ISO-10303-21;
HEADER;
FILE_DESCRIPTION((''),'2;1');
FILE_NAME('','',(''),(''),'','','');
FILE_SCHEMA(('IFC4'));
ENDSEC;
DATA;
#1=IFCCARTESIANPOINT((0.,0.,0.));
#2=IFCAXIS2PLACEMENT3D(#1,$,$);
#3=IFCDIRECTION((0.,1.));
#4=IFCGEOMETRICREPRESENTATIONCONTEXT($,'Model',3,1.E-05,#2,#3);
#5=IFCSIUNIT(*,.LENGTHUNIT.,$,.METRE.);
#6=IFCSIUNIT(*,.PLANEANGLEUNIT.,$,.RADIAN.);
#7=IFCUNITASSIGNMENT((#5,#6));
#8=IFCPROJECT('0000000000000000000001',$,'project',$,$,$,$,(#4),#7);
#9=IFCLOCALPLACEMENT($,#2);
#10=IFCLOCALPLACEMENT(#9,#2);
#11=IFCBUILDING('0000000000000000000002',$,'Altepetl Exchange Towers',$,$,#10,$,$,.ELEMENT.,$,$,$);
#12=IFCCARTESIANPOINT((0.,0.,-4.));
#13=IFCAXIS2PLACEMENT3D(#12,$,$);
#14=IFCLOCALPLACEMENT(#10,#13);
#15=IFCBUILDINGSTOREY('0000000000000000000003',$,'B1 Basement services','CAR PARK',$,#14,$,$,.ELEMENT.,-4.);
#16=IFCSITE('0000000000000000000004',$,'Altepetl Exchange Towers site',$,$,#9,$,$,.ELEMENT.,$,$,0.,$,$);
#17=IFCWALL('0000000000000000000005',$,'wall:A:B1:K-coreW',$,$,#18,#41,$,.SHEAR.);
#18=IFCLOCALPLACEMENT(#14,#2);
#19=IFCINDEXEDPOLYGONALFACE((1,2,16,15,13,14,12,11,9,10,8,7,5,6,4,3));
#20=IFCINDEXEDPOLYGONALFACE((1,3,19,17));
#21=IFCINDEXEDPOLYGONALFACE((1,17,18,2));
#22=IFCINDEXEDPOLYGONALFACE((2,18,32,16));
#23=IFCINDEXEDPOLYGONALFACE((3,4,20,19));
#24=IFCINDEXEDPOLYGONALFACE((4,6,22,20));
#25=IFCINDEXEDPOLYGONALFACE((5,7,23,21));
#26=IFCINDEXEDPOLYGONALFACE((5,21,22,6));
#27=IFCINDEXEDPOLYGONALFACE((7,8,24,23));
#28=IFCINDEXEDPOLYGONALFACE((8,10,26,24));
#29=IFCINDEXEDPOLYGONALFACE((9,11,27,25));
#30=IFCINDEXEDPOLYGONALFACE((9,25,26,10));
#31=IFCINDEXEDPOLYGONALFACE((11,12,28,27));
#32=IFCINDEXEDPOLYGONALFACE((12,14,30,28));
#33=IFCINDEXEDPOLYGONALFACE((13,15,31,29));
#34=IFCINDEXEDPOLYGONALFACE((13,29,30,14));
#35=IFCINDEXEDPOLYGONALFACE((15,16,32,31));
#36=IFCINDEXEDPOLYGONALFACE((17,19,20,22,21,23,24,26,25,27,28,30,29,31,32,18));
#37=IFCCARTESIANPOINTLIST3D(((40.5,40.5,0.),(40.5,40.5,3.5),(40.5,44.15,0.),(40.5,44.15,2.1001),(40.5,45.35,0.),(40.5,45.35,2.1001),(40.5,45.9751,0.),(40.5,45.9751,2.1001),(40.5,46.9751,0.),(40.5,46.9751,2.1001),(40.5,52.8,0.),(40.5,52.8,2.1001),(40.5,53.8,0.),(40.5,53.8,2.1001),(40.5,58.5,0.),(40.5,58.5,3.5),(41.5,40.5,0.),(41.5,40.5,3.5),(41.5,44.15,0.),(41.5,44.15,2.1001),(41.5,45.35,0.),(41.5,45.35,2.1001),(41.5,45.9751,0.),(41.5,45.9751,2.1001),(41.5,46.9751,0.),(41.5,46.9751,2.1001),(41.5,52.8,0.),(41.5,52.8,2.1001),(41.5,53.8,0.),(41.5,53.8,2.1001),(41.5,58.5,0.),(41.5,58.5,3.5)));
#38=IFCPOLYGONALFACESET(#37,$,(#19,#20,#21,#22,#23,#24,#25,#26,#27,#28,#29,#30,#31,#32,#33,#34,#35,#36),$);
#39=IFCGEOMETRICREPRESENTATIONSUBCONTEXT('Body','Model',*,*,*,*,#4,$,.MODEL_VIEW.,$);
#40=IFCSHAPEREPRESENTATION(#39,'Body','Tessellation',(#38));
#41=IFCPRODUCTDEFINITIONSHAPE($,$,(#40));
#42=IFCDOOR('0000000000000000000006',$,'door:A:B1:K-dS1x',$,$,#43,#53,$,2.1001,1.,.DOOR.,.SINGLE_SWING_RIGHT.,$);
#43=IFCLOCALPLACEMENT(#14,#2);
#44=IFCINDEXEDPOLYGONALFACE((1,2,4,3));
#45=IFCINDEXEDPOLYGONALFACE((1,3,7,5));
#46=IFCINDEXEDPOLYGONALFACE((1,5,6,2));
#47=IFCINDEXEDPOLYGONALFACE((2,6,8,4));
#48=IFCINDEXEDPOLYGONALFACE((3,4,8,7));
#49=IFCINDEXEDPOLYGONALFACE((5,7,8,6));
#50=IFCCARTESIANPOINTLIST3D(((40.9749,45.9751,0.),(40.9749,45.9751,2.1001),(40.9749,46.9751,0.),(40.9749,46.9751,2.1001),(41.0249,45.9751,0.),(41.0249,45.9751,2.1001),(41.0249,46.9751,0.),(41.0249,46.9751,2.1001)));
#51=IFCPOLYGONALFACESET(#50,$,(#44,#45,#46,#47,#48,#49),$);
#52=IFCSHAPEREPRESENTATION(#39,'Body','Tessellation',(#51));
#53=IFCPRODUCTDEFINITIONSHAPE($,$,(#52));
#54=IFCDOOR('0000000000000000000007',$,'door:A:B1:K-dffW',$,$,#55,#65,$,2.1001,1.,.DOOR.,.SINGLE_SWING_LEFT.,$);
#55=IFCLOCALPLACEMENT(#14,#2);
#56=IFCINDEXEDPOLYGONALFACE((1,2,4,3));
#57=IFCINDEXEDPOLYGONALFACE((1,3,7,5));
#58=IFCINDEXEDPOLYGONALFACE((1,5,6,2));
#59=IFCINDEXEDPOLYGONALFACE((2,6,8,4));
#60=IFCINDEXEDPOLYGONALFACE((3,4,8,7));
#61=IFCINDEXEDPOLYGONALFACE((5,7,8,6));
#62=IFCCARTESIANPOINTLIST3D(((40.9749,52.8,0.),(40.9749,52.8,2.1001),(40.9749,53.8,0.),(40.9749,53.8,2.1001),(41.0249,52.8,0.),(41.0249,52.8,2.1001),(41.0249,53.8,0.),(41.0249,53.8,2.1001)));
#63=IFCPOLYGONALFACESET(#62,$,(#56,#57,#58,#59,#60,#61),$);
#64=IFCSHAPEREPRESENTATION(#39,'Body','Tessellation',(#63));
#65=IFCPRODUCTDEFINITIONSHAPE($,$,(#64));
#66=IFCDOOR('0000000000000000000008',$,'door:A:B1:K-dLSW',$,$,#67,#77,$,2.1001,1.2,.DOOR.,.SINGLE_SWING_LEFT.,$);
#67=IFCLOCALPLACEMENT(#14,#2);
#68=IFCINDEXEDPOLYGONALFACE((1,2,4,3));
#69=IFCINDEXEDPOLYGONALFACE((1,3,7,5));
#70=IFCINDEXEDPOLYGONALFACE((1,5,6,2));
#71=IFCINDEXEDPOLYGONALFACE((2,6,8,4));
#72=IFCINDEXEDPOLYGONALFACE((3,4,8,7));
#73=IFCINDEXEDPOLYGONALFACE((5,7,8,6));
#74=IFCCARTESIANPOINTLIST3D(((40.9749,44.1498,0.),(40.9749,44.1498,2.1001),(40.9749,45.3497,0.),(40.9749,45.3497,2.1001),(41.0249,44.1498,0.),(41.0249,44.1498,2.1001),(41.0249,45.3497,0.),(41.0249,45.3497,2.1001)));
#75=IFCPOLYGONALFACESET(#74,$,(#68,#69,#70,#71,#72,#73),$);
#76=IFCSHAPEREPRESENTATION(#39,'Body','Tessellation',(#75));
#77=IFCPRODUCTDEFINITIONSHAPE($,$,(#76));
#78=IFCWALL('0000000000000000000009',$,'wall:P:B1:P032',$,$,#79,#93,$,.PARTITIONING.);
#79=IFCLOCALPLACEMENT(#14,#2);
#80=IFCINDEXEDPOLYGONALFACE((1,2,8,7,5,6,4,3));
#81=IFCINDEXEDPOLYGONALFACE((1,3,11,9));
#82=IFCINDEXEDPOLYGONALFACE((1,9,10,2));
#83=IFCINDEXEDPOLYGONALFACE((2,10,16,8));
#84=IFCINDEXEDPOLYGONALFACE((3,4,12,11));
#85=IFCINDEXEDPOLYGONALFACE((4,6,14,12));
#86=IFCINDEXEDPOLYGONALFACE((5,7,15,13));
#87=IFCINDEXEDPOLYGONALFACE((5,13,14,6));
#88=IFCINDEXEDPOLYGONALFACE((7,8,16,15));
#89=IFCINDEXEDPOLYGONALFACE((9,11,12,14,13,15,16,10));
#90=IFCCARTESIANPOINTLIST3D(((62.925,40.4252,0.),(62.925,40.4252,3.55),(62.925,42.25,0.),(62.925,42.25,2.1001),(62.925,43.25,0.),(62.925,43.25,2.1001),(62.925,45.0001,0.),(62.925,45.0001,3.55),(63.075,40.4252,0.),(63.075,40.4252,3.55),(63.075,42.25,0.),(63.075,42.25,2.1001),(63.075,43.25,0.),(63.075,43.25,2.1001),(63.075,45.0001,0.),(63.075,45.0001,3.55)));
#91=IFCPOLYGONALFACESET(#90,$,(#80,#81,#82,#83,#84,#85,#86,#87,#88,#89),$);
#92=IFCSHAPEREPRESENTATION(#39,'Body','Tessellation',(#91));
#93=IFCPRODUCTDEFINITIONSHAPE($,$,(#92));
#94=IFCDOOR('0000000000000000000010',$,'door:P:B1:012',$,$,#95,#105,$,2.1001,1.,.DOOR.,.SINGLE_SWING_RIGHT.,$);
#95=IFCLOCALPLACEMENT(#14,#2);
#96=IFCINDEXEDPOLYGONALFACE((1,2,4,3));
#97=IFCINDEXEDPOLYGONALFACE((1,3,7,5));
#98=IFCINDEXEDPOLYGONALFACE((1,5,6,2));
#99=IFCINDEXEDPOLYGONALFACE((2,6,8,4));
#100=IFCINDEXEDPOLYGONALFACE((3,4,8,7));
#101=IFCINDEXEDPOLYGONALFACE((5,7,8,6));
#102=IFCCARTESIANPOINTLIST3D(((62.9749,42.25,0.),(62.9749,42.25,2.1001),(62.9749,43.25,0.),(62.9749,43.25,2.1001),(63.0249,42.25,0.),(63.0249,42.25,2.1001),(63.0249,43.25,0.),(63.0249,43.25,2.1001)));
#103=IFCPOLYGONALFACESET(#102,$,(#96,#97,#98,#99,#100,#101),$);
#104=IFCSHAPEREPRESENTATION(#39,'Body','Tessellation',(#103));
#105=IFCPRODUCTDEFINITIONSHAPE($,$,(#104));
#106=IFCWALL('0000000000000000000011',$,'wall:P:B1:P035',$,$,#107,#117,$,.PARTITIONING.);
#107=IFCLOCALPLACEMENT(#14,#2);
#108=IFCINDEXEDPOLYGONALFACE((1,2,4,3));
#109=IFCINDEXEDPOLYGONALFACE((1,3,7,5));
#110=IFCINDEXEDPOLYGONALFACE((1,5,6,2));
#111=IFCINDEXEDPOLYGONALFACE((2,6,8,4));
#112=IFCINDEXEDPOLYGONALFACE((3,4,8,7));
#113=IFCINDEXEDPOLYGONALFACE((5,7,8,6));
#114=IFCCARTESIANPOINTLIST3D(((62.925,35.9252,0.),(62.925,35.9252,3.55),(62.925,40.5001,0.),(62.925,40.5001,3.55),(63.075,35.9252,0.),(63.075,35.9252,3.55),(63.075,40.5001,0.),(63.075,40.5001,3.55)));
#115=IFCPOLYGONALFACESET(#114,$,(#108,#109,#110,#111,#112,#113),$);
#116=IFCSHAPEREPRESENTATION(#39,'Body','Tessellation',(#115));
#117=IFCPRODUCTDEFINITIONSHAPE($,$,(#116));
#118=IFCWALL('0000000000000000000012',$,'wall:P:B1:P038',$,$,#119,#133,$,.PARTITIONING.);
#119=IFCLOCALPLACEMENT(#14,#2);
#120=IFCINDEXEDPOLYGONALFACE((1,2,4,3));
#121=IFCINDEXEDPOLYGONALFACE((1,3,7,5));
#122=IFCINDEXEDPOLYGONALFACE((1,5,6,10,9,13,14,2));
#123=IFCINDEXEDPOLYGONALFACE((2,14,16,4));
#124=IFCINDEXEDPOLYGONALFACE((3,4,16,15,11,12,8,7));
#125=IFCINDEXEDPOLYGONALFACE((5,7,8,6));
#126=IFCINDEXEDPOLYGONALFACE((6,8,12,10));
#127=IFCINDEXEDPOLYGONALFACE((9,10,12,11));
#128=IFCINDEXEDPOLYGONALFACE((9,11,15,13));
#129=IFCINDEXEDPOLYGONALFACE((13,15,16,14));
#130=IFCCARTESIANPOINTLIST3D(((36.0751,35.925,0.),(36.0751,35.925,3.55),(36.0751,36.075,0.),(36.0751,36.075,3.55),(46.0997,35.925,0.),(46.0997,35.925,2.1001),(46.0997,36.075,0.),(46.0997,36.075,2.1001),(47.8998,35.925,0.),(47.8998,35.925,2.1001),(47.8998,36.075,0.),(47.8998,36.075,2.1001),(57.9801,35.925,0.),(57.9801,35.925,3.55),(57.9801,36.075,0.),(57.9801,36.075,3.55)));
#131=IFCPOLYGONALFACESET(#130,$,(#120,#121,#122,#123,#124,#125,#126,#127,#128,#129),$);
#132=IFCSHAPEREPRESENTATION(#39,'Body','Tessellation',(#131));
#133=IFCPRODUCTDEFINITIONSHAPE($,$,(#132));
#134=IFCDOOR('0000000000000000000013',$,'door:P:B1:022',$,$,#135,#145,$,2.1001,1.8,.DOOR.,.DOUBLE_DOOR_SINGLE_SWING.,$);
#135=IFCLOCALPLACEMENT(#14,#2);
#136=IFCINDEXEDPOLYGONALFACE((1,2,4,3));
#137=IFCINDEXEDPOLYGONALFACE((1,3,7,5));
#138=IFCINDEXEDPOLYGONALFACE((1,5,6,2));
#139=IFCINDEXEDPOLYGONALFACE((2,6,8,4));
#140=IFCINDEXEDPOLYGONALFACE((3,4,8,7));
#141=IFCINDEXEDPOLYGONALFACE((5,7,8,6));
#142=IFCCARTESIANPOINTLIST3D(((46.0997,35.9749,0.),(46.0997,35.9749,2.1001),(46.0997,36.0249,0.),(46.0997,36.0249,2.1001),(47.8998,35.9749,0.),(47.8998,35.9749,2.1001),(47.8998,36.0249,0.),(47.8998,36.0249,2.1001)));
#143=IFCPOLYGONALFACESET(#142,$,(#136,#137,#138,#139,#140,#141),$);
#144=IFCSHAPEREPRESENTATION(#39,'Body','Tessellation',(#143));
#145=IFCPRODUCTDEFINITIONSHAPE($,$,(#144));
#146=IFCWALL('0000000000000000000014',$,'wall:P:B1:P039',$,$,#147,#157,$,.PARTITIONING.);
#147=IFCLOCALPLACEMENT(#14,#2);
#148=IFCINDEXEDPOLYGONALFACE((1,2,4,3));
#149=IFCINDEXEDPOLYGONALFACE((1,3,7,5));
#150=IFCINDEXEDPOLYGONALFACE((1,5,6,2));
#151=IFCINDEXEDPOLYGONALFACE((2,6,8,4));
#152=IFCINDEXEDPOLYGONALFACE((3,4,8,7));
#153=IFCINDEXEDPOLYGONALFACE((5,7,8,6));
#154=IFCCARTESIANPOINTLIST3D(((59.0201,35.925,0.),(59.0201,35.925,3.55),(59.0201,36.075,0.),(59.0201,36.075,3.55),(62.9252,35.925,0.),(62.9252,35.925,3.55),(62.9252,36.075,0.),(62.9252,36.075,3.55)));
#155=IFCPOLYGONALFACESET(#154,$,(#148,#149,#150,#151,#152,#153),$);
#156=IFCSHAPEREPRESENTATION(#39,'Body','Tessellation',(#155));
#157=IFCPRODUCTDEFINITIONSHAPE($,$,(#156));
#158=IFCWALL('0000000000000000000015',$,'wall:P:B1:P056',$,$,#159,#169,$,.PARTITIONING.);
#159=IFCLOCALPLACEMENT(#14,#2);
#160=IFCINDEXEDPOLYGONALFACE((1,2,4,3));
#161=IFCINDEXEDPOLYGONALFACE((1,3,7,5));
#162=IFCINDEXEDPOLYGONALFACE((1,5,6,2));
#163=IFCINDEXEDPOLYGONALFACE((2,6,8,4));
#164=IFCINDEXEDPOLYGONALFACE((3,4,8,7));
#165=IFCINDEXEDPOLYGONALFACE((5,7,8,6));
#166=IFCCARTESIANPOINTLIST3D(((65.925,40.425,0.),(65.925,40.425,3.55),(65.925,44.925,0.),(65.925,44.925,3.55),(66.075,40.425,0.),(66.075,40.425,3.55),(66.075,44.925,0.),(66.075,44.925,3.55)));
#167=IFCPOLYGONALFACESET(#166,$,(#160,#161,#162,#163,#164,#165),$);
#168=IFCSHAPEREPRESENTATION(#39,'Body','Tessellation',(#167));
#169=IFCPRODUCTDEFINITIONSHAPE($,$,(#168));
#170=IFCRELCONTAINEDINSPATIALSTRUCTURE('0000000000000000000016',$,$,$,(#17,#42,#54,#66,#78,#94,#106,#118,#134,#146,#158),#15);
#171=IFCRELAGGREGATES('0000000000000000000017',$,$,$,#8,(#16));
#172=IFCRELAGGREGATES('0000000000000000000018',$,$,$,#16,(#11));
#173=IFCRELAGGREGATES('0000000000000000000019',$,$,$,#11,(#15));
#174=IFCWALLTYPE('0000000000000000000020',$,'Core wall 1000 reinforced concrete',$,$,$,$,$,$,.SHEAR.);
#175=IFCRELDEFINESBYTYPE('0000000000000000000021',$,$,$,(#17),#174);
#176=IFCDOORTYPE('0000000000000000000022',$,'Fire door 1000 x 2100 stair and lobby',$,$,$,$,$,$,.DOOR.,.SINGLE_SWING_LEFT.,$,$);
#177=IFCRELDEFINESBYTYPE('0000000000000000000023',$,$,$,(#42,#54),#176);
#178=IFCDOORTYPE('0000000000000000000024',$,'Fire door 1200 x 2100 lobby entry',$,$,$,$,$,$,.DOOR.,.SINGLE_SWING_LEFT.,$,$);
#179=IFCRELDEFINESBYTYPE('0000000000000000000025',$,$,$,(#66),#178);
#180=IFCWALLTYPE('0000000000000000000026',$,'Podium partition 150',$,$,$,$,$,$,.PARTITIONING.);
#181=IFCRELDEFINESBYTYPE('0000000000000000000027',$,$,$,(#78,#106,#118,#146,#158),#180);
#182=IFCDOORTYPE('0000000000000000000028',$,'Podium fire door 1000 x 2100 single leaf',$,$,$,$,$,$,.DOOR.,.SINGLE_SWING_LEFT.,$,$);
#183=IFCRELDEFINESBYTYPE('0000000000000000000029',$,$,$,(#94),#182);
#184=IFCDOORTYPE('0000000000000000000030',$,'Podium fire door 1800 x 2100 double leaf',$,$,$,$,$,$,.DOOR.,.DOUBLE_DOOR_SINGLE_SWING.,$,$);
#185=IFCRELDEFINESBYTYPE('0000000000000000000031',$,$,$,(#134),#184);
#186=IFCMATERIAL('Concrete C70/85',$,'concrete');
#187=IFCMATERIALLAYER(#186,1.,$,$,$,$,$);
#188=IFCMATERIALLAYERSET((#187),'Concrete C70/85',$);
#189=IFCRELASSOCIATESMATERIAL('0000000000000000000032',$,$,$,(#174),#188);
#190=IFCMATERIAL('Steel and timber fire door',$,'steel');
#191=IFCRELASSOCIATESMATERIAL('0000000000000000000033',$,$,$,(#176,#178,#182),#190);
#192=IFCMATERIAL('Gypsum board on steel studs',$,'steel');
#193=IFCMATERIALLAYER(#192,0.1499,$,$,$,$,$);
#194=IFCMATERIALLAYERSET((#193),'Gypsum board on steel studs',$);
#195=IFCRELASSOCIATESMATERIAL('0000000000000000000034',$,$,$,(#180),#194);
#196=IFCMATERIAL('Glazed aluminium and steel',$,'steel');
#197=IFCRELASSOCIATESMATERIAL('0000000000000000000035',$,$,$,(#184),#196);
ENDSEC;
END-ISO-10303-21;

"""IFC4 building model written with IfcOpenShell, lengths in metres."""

from ifc_helpers import new_model, si_unit, direction, frame, frame_2d, origin, place, context, subcontext, project, spatial, rectangle, extrude, material, layer, layer_set, type_object, element, fill, save


model = new_model("IFC4")

# Units and contexts
model_context = context("Model", 3, precision=1e-05, world=origin(), true_north=direction((0.0, 1.0)))
body_context = subcontext(model_context, "Body", "Model", "MODEL_VIEW")
ifc_project = project(units=[si_unit("LENGTHUNIT", "METRE"), si_unit("PLANEANGLEUNIT", "RADIAN")], contexts=[model_context])

# Site, building, storey
site_placement = place(None, origin())
site = spatial("IfcSite", under=ifc_project, at=site_placement, Name="Altepetl Exchange Towers site", CompositionType="ELEMENT", RefElevation=0.0)
building_placement = place(site_placement, origin())
building = spatial("IfcBuilding", under=site, at=building_placement, Name="Altepetl Exchange Towers", CompositionType="ELEMENT")
storey_placement = place(building_placement, frame((0.0, 0.0, -4.0)))
storey = spatial("IfcBuildingStorey", under=building, at=storey_placement, Name="B1 Basement services", Description="CAR PARK", CompositionType="ELEMENT", Elevation=-4.0)

# Shared definitions
ifc_material_1 = material(Name="Concrete C70/85", Category="concrete")

# Wall, openings, doors
ifc_layer_1 = layer(ifc_material_1, 1.0)
ifc_layer_set_1 = layer_set([ifc_layer_1], Name="Concrete C70/85")
wall_type_1 = type_object("IfcWallType", Name="Core wall 1000 reinforced concrete", PredefinedType="SHEAR", material=ifc_layer_set_1)
ifc_material_2 = material(Name="Steel and timber fire door", Category="steel")
door_type_1 = type_object("IfcDoorType", Name="Fire door 1000 x 2100 stair and lobby", OperationType="SINGLE_SWING_LEFT", PredefinedType="DOOR", material=ifc_material_2)
door_type_2 = type_object("IfcDoorType", Name="Fire door 1200 x 2100 lobby entry", OperationType="SINGLE_SWING_LEFT", PredefinedType="DOOR", material=ifc_material_2)
wall_1_placement = place(storey_placement, frame((41.0, 40.5, 0.0), z_axis=(0.0, 0.0, 1.0), x_axis=(0.0, 1.0, 0.0)))
wall_1 = element("IfcWall", 1, at=wall_1_placement, inside=storey, type_object=wall_type_1, Name="wall:A:B1:K-coreW", PredefinedType="SHEAR", context=body_context, shape_type="SweptSolid", body=[
    extrude(rectangle(XDim=18.0, YDim=1.0, at=frame_2d((9.0, 0.0))), origin(), (0.0, 0.0, 1.0), 3.5),
])
opening_1_placement = place(wall_1_placement, frame((3.6499, 0.0, 0.0)))
opening_1 = element("IfcOpeningElement", 2, at=opening_1_placement, cuts=wall_1, PredefinedType="OPENING", context=body_context, shape_type="SweptSolid", body=[
    extrude(rectangle(XDim=1.2, YDim=2.1001, at=frame_2d((0.6001, 1.05))), frame((0.0, 0.51, 0.0), z_axis=(0.0, -1.0, 0.0), x_axis=(1.0, 0.0, 0.0)), (0.0, 0.0, 1.0), 1.02),
])
opening_2_placement = place(wall_1_placement, frame((5.4751, 0.0, 0.0)))
opening_2 = element("IfcOpeningElement", 3, at=opening_2_placement, cuts=wall_1, PredefinedType="OPENING", context=body_context, shape_type="SweptSolid", body=[
    extrude(rectangle(XDim=1.0, YDim=2.1001, at=frame_2d((0.5, 1.05))), frame((0.0, 0.51, 0.0), z_axis=(0.0, -1.0, 0.0), x_axis=(1.0, 0.0, 0.0)), (0.0, 0.0, 1.0), 1.02),
])
opening_3_placement = place(wall_1_placement, frame((12.3, 0.0, 0.0)))
opening_3 = element("IfcOpeningElement", 4, at=opening_3_placement, cuts=wall_1, PredefinedType="OPENING", context=body_context, shape_type="SweptSolid", body=[
    extrude(rectangle(XDim=1.0, YDim=2.1001, at=frame_2d((0.5, 1.05))), frame((0.0, 0.51, 0.0), z_axis=(0.0, -1.0, 0.0), x_axis=(1.0, 0.0, 0.0)), (0.0, 0.0, 1.0), 1.02),
])
door_1_placement = place(opening_2_placement, frame((1.0, 0.0, 0.0), x_axis=(-1.0, 0.0, 0.0)))
door_1 = element("IfcDoor", 5, at=door_1_placement, inside=storey, type_object=door_type_1, Name="door:A:B1:K-dS1x", OperationType="SINGLE_SWING_RIGHT", OverallHeight=2.1001, OverallWidth=1.0, PredefinedType="DOOR", context=body_context, shape_type="SweptSolid", body=[
    extrude(rectangle(XDim=1.0, YDim=2.1001, at=frame_2d((0.5, 1.05))), frame((0.0, 0.0249, 0.0), z_axis=(0.0, -1.0, 0.0), x_axis=(1.0, 0.0, 0.0)), (0.0, 0.0, 1.0), 0.05),
])
fill(opening_2, door_1)
door_2_placement = place(opening_3_placement, frame((1.0, 0.0, 0.0), x_axis=(-1.0, 0.0, 0.0)))
door_2 = element("IfcDoor", 6, at=door_2_placement, inside=storey, type_object=door_type_1, Name="door:A:B1:K-dffW", OperationType="SINGLE_SWING_LEFT", OverallHeight=2.1001, OverallWidth=1.0, PredefinedType="DOOR", context=body_context, shape_type="SweptSolid", body=[
    extrude(rectangle(XDim=1.0, YDim=2.1001, at=frame_2d((0.5, 1.05))), frame((0.0, 0.0249, 0.0), z_axis=(0.0, -1.0, 0.0), x_axis=(1.0, 0.0, 0.0)), (0.0, 0.0, 1.0), 0.05),
])
fill(opening_3, door_2)
door_3_placement = place(opening_1_placement, frame((1.2, 0.0, 0.0), x_axis=(-1.0, 0.0, 0.0)))
door_3 = element("IfcDoor", 7, at=door_3_placement, inside=storey, type_object=door_type_2, Name="door:A:B1:K-dLSW", OperationType="SINGLE_SWING_LEFT", OverallHeight=2.1001, OverallWidth=1.2, PredefinedType="DOOR", context=body_context, shape_type="SweptSolid", body=[
    extrude(rectangle(XDim=1.2, YDim=2.1001, at=frame_2d((0.6001, 1.05))), frame((0.0, 0.0249, 0.0), z_axis=(0.0, -1.0, 0.0), x_axis=(1.0, 0.0, 0.0)), (0.0, 0.0, 1.0), 0.05),
])
fill(opening_1, door_3)

# Wall, opening, door
ifc_material_3 = material(Name="Gypsum board on steel studs", Category="steel")
ifc_layer_2 = layer(ifc_material_3, 0.1499)
ifc_layer_set_2 = layer_set([ifc_layer_2], Name="Gypsum board on steel studs")
wall_type_2 = type_object("IfcWallType", Name="Podium partition 150", PredefinedType="PARTITIONING", material=ifc_layer_set_2)
wall_2_placement = place(storey_placement, frame((63.0, 40.425, 0.0), z_axis=(0.0, 0.0, 1.0), x_axis=(0.0, 1.0, 0.0)))
wall_2 = element("IfcWall", 8, at=wall_2_placement, inside=storey, type_object=wall_type_2, Name="wall:P:B1:P032", PredefinedType="PARTITIONING", context=body_context, shape_type="SweptSolid", body=[
    extrude(rectangle(XDim=4.575, YDim=0.1499, at=frame_2d((2.2876, 0.0))), origin(), (0.0, 0.0, 1.0), 3.55),
])
opening_4_placement = place(wall_2_placement, frame((1.825, 0.0, 0.0)))
opening_4 = element("IfcOpeningElement", 9, at=opening_4_placement, cuts=wall_2, PredefinedType="OPENING", context=body_context, shape_type="SweptSolid", body=[
    extrude(rectangle(XDim=1.0, YDim=2.1001, at=frame_2d((0.5, 1.05))), frame((0.0, 0.085, 0.0), z_axis=(0.0, -1.0, 0.0), x_axis=(1.0, 0.0, 0.0)), (0.0, 0.0, 1.0), 0.1699),
])
door_type_3 = type_object("IfcDoorType", Name="Podium fire door 1000 x 2100 single leaf", OperationType="SINGLE_SWING_LEFT", PredefinedType="DOOR", material=ifc_material_2)
door_4_placement = place(opening_4_placement, frame((1.0, 0.0, 0.0), x_axis=(-1.0, 0.0, 0.0)))
door_4 = element("IfcDoor", 10, at=door_4_placement, inside=storey, type_object=door_type_3, Name="door:P:B1:012", OperationType="SINGLE_SWING_RIGHT", OverallHeight=2.1001, OverallWidth=1.0, PredefinedType="DOOR", context=body_context, shape_type="SweptSolid", body=[
    extrude(rectangle(XDim=1.0, YDim=2.1001, at=frame_2d((0.5, 1.05))), frame((0.0, 0.0249, 0.0), z_axis=(0.0, -1.0, 0.0), x_axis=(1.0, 0.0, 0.0)), (0.0, 0.0, 1.0), 0.05),
])
fill(opening_4, door_4)

# Wall
wall_3_placement = place(storey_placement, frame((63.0, 35.925, 0.0), z_axis=(0.0, 0.0, 1.0), x_axis=(0.0, 1.0, 0.0)))
element("IfcWall", 11, at=wall_3_placement, inside=storey, type_object=wall_type_2, Name="wall:P:B1:P035", PredefinedType="PARTITIONING", context=body_context, shape_type="SweptSolid", body=[
    extrude(rectangle(XDim=4.575, YDim=0.1499, at=frame_2d((2.2876, 0.0))), origin(), (0.0, 0.0, 1.0), 3.55),
])

# Wall, opening, door
wall_4_placement = place(storey_placement, frame((36.075, 36.0, 0.0)))
wall_4 = element("IfcWall", 12, at=wall_4_placement, inside=storey, type_object=wall_type_2, Name="wall:P:B1:P038", PredefinedType="PARTITIONING", context=body_context, shape_type="SweptSolid", body=[
    extrude(rectangle(XDim=21.905, YDim=0.1499, at=frame_2d((10.9526, 0.0))), origin(), (0.0, 0.0, 1.0), 3.55),
])
opening_5_placement = place(wall_4_placement, frame((10.0249, 0.0, 0.0)))
opening_5 = element("IfcOpeningElement", 13, at=opening_5_placement, cuts=wall_4, PredefinedType="OPENING", context=body_context, shape_type="SweptSolid", body=[
    extrude(rectangle(XDim=1.8, YDim=2.1001, at=frame_2d((0.8999, 1.05))), frame((0.0, 0.085, 0.0), z_axis=(0.0, -1.0, 0.0), x_axis=(1.0, 0.0, 0.0)), (0.0, 0.0, 1.0), 0.1699),
])
ifc_material_4 = material(Name="Glazed aluminium and steel", Category="steel")
door_type_4 = type_object("IfcDoorType", Name="Podium fire door 1800 x 2100 double leaf", OperationType="DOUBLE_DOOR_SINGLE_SWING", PredefinedType="DOOR", material=ifc_material_4)
door_5_placement = place(opening_5_placement, origin())
door_5 = element("IfcDoor", 14, at=door_5_placement, inside=storey, type_object=door_type_4, Name="door:P:B1:022", OperationType="DOUBLE_DOOR_SINGLE_SWING", OverallHeight=2.1001, OverallWidth=1.8, PredefinedType="DOOR", context=body_context, shape_type="SweptSolid", body=[
    extrude(rectangle(XDim=1.8, YDim=2.1001, at=frame_2d((0.8999, 1.05))), frame((0.0, 0.0249, 0.0), z_axis=(0.0, -1.0, 0.0), x_axis=(1.0, 0.0, 0.0)), (0.0, 0.0, 1.0), 0.05),
])
fill(opening_5, door_5)

# Walls
wall_5_placement = place(storey_placement, frame((59.02, 36.0, 0.0)))
element("IfcWall", 15, at=wall_5_placement, inside=storey, type_object=wall_type_2, Name="wall:P:B1:P039", PredefinedType="PARTITIONING", context=body_context, shape_type="SweptSolid", body=[
    extrude(rectangle(XDim=3.905, YDim=0.1499, at=frame_2d((1.9526, 0.0))), origin(), (0.0, 0.0, 1.0), 3.55),
])
wall_6_placement = place(storey_placement, frame((66.0, 40.425, 0.0), z_axis=(0.0, 0.0, 1.0), x_axis=(0.0, 1.0, 0.0)))
element("IfcWall", 16, at=wall_6_placement, inside=storey, type_object=wall_type_2, Name="wall:P:B1:P056", PredefinedType="PARTITIONING", context=body_context, shape_type="SweptSolid", body=[
    extrude(rectangle(XDim=4.5, YDim=0.1499, at=frame_2d((2.25, 0.0))), origin(), (0.0, 0.0, 1.0), 3.55),
])

save(model, "model.ifc")
